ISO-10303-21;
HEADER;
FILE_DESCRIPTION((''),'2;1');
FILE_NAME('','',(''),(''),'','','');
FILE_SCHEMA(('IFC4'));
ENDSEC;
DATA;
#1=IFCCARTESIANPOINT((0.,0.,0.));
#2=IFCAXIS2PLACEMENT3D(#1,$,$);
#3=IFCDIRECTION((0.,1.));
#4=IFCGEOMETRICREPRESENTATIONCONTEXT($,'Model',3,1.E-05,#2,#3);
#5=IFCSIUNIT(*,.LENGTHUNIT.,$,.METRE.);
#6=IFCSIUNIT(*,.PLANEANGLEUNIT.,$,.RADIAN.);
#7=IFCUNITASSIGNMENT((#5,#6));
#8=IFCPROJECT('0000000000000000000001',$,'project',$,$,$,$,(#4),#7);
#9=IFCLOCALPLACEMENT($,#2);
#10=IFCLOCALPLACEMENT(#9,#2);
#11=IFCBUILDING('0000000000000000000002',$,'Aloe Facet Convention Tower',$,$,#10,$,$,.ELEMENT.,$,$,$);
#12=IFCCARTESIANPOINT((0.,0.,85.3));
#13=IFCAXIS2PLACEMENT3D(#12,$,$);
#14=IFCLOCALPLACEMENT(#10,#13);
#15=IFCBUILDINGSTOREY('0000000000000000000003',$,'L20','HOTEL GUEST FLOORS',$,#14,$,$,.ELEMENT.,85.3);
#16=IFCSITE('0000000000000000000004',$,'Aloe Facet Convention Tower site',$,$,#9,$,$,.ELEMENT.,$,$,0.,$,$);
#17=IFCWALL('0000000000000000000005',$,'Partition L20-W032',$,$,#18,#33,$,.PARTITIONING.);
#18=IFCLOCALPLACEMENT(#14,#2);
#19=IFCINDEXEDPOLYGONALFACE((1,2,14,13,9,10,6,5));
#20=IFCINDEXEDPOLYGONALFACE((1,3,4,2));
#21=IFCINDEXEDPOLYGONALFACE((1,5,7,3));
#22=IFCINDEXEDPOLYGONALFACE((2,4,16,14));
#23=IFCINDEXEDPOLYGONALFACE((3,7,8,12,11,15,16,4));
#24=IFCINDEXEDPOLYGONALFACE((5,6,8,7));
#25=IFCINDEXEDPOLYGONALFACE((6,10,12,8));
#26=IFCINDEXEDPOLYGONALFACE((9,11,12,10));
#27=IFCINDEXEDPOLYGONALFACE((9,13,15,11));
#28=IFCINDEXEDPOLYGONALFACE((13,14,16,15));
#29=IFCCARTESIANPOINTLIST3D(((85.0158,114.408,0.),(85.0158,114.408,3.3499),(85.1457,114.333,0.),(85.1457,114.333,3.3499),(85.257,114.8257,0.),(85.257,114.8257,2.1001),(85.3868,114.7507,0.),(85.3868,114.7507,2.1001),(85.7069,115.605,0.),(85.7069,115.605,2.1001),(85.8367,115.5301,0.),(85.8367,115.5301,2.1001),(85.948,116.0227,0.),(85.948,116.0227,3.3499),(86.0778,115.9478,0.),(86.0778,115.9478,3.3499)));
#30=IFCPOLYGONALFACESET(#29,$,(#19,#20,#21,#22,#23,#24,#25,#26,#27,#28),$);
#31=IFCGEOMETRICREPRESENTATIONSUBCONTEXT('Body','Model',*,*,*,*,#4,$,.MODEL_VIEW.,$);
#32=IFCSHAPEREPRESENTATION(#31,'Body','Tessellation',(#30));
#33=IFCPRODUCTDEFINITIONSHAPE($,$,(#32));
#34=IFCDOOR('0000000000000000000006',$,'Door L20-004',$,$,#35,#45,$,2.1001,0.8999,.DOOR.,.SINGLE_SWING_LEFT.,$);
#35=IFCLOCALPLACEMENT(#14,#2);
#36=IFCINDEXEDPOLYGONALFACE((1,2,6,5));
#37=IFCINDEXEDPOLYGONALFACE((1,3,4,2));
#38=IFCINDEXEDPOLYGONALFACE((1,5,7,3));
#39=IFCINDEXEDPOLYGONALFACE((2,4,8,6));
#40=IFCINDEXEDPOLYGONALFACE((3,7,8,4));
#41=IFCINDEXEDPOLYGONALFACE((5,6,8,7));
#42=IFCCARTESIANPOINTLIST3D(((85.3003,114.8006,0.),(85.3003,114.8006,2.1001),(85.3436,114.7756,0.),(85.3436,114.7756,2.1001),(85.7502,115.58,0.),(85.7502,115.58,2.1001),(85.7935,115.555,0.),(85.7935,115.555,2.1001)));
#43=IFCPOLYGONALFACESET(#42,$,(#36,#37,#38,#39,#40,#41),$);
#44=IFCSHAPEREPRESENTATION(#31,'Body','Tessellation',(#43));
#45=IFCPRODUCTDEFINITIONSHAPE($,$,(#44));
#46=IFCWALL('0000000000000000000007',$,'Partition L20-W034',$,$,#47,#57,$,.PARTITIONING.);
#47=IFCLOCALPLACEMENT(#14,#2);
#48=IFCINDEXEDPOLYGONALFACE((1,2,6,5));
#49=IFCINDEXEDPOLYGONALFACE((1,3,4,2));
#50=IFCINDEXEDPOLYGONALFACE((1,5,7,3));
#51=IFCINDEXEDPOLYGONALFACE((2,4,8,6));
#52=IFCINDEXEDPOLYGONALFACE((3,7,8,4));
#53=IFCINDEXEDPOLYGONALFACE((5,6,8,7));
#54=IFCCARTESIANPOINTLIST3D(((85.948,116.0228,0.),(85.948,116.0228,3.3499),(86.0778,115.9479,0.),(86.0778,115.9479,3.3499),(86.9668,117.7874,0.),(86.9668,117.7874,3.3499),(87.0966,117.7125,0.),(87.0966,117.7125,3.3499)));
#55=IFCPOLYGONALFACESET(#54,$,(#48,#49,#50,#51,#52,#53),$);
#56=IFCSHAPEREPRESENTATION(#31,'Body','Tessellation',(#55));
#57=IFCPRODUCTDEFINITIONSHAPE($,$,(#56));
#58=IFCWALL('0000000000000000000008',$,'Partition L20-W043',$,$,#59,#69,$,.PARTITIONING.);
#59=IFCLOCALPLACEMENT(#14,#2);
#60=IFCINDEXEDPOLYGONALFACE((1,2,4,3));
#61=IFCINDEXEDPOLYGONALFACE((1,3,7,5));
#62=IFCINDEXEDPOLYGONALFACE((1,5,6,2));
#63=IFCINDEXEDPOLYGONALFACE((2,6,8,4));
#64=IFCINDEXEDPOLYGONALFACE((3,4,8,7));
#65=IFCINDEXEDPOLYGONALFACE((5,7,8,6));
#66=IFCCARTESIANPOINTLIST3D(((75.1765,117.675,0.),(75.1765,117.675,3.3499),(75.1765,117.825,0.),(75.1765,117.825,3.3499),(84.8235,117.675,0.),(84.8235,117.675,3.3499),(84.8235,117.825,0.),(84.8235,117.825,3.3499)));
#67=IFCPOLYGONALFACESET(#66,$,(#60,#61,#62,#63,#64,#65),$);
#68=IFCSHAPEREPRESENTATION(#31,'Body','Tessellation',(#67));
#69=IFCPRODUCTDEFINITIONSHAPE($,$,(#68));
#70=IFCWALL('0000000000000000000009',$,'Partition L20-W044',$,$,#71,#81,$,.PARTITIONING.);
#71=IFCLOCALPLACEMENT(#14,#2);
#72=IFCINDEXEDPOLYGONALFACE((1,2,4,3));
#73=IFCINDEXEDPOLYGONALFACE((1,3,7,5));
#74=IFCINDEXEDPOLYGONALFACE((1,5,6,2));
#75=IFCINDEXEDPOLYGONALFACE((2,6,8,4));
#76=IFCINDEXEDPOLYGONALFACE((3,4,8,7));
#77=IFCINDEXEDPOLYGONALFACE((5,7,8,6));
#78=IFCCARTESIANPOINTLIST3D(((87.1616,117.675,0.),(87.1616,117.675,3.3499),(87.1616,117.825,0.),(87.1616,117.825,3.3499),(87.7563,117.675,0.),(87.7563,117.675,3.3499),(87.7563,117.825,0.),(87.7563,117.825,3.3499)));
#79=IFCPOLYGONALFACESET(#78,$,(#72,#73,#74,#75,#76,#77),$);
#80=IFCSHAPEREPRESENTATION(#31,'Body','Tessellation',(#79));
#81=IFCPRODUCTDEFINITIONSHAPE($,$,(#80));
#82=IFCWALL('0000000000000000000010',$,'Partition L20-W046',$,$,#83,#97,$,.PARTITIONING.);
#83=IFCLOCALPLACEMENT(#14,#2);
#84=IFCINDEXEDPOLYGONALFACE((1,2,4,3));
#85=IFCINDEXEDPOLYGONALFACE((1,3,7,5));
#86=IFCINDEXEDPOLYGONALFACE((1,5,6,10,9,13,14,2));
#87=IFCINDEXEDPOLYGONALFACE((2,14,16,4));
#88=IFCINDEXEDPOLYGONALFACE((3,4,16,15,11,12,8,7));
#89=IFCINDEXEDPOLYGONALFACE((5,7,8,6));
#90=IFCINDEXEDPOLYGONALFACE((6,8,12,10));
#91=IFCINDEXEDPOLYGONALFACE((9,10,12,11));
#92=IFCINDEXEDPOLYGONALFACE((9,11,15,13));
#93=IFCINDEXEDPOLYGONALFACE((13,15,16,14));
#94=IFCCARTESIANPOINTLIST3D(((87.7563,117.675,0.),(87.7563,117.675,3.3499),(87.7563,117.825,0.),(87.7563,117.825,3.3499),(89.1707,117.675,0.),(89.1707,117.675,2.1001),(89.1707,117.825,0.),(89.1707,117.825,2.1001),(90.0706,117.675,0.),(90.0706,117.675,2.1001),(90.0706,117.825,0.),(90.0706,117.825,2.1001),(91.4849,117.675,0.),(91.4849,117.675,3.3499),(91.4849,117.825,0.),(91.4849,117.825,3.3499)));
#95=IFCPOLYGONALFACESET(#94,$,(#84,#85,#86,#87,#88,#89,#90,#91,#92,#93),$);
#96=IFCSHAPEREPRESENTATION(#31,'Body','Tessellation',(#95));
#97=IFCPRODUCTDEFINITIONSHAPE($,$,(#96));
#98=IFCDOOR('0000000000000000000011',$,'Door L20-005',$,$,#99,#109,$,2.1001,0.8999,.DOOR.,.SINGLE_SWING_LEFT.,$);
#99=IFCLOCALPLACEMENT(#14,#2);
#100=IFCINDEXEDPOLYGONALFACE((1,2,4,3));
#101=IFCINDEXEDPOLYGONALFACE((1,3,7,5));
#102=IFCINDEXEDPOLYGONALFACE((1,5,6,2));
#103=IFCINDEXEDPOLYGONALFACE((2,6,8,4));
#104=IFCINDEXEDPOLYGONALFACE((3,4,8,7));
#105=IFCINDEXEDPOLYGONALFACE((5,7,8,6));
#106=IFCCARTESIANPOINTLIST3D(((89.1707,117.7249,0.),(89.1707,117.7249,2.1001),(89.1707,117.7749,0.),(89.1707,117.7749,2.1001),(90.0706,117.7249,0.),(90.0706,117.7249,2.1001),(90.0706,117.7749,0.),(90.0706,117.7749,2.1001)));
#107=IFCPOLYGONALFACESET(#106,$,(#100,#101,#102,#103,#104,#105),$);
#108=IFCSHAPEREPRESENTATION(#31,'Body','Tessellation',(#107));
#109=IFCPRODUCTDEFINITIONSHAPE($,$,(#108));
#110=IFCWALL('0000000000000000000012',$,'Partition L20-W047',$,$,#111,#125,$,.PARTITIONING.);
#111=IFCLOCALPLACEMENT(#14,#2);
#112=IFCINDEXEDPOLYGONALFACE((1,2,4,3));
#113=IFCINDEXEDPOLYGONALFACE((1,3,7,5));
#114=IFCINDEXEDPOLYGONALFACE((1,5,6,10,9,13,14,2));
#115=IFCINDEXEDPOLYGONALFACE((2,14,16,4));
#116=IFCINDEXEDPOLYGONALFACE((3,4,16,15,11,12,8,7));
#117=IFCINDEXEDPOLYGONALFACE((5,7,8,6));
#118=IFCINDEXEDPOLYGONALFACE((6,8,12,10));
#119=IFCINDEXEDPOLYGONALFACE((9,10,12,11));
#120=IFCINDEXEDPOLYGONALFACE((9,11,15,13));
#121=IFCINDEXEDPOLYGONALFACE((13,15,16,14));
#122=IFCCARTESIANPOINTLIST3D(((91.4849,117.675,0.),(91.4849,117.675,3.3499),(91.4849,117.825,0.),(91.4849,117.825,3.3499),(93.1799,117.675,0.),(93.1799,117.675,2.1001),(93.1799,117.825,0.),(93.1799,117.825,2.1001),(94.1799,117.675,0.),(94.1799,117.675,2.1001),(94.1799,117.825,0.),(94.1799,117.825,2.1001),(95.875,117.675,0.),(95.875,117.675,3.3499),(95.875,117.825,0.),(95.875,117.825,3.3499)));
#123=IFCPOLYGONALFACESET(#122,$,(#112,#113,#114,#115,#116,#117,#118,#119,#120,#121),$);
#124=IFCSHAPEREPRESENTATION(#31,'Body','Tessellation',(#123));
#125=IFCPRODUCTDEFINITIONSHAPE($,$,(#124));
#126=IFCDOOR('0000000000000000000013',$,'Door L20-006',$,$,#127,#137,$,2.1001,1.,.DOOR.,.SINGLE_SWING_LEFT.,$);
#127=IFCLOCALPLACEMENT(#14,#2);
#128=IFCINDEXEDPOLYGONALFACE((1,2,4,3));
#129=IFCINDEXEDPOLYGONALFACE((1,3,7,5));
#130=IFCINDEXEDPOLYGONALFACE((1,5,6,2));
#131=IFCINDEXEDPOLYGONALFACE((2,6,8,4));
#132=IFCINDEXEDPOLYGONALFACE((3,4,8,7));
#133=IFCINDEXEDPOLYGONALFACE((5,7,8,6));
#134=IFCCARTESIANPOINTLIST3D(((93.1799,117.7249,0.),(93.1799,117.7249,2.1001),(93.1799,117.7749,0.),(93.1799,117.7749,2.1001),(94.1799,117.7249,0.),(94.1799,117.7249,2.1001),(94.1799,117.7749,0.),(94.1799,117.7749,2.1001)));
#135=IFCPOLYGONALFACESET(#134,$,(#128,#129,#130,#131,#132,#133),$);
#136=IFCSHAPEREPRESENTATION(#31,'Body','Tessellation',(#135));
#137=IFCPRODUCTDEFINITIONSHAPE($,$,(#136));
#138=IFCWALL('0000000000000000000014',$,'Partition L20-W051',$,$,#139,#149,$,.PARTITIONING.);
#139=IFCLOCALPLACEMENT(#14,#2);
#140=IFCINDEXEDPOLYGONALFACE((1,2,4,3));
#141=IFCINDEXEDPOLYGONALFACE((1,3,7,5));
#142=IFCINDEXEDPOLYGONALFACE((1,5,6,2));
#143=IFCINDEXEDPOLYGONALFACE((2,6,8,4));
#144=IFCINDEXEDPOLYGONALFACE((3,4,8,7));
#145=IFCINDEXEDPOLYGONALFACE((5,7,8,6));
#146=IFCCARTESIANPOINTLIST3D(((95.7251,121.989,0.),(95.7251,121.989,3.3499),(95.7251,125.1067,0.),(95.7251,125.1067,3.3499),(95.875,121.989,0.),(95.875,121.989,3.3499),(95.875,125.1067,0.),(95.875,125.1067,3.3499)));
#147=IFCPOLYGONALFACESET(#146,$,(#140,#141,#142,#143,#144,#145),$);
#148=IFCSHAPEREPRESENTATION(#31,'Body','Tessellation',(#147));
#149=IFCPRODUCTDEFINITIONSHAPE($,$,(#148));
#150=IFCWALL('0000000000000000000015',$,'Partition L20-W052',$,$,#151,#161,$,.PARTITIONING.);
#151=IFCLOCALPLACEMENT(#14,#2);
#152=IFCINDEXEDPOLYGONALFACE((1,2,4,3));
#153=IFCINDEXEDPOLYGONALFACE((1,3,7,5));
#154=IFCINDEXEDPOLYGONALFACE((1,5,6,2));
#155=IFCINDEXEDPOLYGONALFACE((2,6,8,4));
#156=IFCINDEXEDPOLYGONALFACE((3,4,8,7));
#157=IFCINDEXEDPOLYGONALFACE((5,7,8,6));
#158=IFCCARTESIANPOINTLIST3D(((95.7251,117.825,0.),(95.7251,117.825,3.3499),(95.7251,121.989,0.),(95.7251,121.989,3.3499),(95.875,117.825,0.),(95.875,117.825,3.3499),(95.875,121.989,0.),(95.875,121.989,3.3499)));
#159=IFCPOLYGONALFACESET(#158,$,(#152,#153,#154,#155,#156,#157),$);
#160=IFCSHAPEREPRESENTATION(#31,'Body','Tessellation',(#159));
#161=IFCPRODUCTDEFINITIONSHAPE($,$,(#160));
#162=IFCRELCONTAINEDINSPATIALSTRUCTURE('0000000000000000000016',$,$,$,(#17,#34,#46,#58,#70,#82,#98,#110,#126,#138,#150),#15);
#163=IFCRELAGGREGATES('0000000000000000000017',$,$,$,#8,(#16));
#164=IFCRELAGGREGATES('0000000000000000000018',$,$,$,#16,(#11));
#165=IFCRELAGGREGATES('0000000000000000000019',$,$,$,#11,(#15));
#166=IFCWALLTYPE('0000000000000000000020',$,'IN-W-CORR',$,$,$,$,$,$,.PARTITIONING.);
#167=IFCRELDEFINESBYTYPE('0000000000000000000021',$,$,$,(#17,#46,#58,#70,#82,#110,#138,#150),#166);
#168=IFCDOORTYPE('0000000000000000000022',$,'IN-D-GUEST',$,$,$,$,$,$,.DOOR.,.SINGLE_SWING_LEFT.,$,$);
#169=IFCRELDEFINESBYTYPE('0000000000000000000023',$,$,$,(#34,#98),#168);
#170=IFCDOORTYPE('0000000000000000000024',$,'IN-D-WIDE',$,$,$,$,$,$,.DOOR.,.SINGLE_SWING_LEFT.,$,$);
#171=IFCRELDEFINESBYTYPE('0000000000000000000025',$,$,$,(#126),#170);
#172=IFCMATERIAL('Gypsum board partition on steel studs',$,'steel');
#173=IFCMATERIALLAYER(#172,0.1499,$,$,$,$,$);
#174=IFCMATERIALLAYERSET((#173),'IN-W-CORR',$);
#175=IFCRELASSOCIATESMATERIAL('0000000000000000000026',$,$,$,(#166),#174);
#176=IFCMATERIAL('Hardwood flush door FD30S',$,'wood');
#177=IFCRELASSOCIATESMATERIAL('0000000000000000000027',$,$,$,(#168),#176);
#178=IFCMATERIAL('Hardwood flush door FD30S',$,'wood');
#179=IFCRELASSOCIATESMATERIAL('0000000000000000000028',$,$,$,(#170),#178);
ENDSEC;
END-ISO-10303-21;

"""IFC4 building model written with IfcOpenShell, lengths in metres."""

from ifc_helpers import new_model, si_unit, direction, frame, frame_2d, origin, place, context, subcontext, project, spatial, rectangle, extrude, material, layer, layer_set, type_object, element, fill, save


model = new_model("IFC4")

# Units and contexts
model_context = context("Model", 3, precision=1e-05, world=origin(), true_north=direction((0.0, 1.0)))
body_context = subcontext(model_context, "Body", "Model", "MODEL_VIEW")
ifc_project = project(units=[si_unit("LENGTHUNIT", "METRE"), si_unit("PLANEANGLEUNIT", "RADIAN")], contexts=[model_context])

# Site, building, storey
site_placement = place(None, origin())
site = spatial("IfcSite", under=ifc_project, at=site_placement, Name="Aloe Facet Convention Tower site", CompositionType="ELEMENT", RefElevation=0.0)
building_placement = place(site_placement, origin())
building = spatial("IfcBuilding", under=site, at=building_placement, Name="Aloe Facet Convention Tower", CompositionType="ELEMENT")
storey_placement = place(building_placement, frame((0.0, 0.0, 85.3)))
storey = spatial("IfcBuildingStorey", under=building, at=storey_placement, Name="L20", Description="HOTEL GUEST FLOORS", CompositionType="ELEMENT", Elevation=85.3)

# Wall, opening, door
ifc_material_1 = material(Name="Gypsum board partition on steel studs", Category="steel")
ifc_layer_1 = layer(ifc_material_1, 0.1499)
ifc_layer_set_1 = layer_set([ifc_layer_1], Name="IN-W-CORR")
wall_type_1 = type_object("IfcWallType", Name="IN-W-CORR", PredefinedType="PARTITIONING", material=ifc_layer_set_1)
wall_1_placement = place(storey_placement, frame((85.0808, 114.3706, 0.0), z_axis=(0.0, 0.0, 1.0), x_axis=(0.499942, 0.866059, 0.0)))
wall_1 = element("IfcWall", 1, at=wall_1_placement, inside=storey, type_object=wall_type_1, Name="Partition L20-W032", PredefinedType="PARTITIONING", context=body_context, shape_type="SweptSolid", body=[
    extrude(rectangle(XDim=1.8645, YDim=0.1499, at=frame_2d((0.9321, 0.0))), origin(), (0.0, 0.0, 1.0), 3.3499),
])
opening_1_placement = place(wall_1_placement, frame((0.4822, 0.0, 0.0)))
opening_1 = element("IfcOpeningElement", 2, at=opening_1_placement, cuts=wall_1, PredefinedType="OPENING", context=body_context, shape_type="SweptSolid", body=[
    extrude(rectangle(XDim=0.8999, YDim=2.1001, at=frame_2d((0.45, 1.05))), frame((0.0, 0.085, 0.0), z_axis=(0.0, -1.0, 0.0), x_axis=(1.0, 0.0, 0.0)), (0.0, 0.0, 1.0), 0.1699),
])
ifc_material_2 = material(Name="Hardwood flush door FD30S", Category="wood")
door_type_1 = type_object("IfcDoorType", Name="IN-D-GUEST", OperationType="SINGLE_SWING_LEFT", PredefinedType="DOOR", material=ifc_material_2)
door_1_placement = place(opening_1_placement, origin())
door_1 = element("IfcDoor", 3, at=door_1_placement, inside=storey, type_object=door_type_1, Name="Door L20-004", OperationType="SINGLE_SWING_LEFT", OverallHeight=2.1001, OverallWidth=0.8999, PredefinedType="DOOR", context=body_context, shape_type="SweptSolid", body=[
    extrude(rectangle(XDim=0.8999, YDim=2.1001, at=frame_2d((0.45, 1.05))), frame((0.0, 0.0249, 0.0), z_axis=(0.0, -1.0, 0.0), x_axis=(1.0, 0.0, 0.0)), (0.0, 0.0, 1.0), 0.05),
])
fill(opening_1, door_1)

# Walls
wall_2_placement = place(storey_placement, frame((86.0129, 115.9854, 0.0), z_axis=(0.0, 0.0, 1.0), x_axis=(0.499992, 0.86603, 0.0)))
element("IfcWall", 4, at=wall_2_placement, inside=storey, type_object=wall_type_1, Name="Partition L20-W034", PredefinedType="PARTITIONING", context=body_context, shape_type="SweptSolid", body=[
    extrude(rectangle(XDim=2.0376, YDim=0.1499, at=frame_2d((1.0188, 0.0))), origin(), (0.0, 0.0, 1.0), 3.3499),
])
wall_3_placement = place(storey_placement, frame((75.1765, 117.75, 0.0), z_axis=(0.0, 0.0, 1.0), x_axis=(1.0, 0.0, 0.0)))
element("IfcWall", 5, at=wall_3_placement, inside=storey, type_object=wall_type_1, Name="Partition L20-W043", PredefinedType="PARTITIONING", context=body_context, shape_type="SweptSolid", body=[
    extrude(rectangle(XDim=9.647, YDim=0.1499, at=frame_2d((4.8235, 0.0))), origin(), (0.0, 0.0, 1.0), 3.3499),
])
wall_4_placement = place(storey_placement, frame((87.1616, 117.75, 0.0), z_axis=(0.0, 0.0, 1.0), x_axis=(1.0, 0.0, 0.0)))
element("IfcWall", 6, at=wall_4_placement, inside=storey, type_object=wall_type_1, Name="Partition L20-W044", PredefinedType="PARTITIONING", context=body_context, shape_type="SweptSolid", body=[
    extrude(rectangle(XDim=0.5947, YDim=0.1499, at=frame_2d((0.2974, 0.0))), origin(), (0.0, 0.0, 1.0), 3.3499),
])

# Walls, openings, doors
wall_5_placement = place(storey_placement, frame((87.7563, 117.75, 0.0), z_axis=(0.0, 0.0, 1.0), x_axis=(1.0, 0.0, 0.0)))
wall_5 = element("IfcWall", 7, at=wall_5_placement, inside=storey, type_object=wall_type_1, Name="Partition L20-W046", PredefinedType="PARTITIONING", context=body_context, shape_type="SweptSolid", body=[
    extrude(rectangle(XDim=3.7285, YDim=0.1499, at=frame_2d((1.8643, 0.0))), origin(), (0.0, 0.0, 1.0), 3.3499),
])
opening_2_placement = place(wall_5_placement, frame((1.4143, 0.0, 0.0)))
opening_2 = element("IfcOpeningElement", 8, at=opening_2_placement, cuts=wall_5, PredefinedType="OPENING", context=body_context, shape_type="SweptSolid", body=[
    extrude(rectangle(XDim=0.8999, YDim=2.1001, at=frame_2d((0.45, 1.05))), frame((0.0, 0.085, 0.0), z_axis=(0.0, -1.0, 0.0), x_axis=(1.0, 0.0, 0.0)), (0.0, 0.0, 1.0), 0.1699),
])
door_2_placement = place(opening_2_placement, origin())
door_2 = element("IfcDoor", 9, at=door_2_placement, inside=storey, type_object=door_type_1, Name="Door L20-005", OperationType="SINGLE_SWING_LEFT", OverallHeight=2.1001, OverallWidth=0.8999, PredefinedType="DOOR", context=body_context, shape_type="SweptSolid", body=[
    extrude(rectangle(XDim=0.8999, YDim=2.1001, at=frame_2d((0.45, 1.05))), frame((0.0, 0.0249, 0.0), z_axis=(0.0, -1.0, 0.0), x_axis=(1.0, 0.0, 0.0)), (0.0, 0.0, 1.0), 0.05),
])
fill(opening_2, door_2)
wall_6_placement = place(storey_placement, frame((91.4849, 117.75, 0.0), z_axis=(0.0, 0.0, 1.0), x_axis=(1.0, 0.0, 0.0)))
wall_6 = element("IfcWall", 10, at=wall_6_placement, inside=storey, type_object=wall_type_1, Name="Partition L20-W047", PredefinedType="PARTITIONING", context=body_context, shape_type="SweptSolid", body=[
    extrude(rectangle(XDim=4.3901, YDim=0.1499, at=frame_2d((2.1951, 0.0))), origin(), (0.0, 0.0, 1.0), 3.3499),
])
opening_3_placement = place(wall_6_placement, frame((1.6951, 0.0, 0.0)))
opening_3 = element("IfcOpeningElement", 11, at=opening_3_placement, cuts=wall_6, PredefinedType="OPENING", context=body_context, shape_type="SweptSolid", body=[
    extrude(rectangle(XDim=1.0, YDim=2.1001, at=frame_2d((0.5, 1.05))), frame((0.0, 0.085, 0.0), z_axis=(0.0, -1.0, 0.0), x_axis=(1.0, 0.0, 0.0)), (0.0, 0.0, 1.0), 0.1699),
])
ifc_material_3 = material(Name="Hardwood flush door FD30S", Category="wood")
door_type_2 = type_object("IfcDoorType", Name="IN-D-WIDE", OperationType="SINGLE_SWING_LEFT", PredefinedType="DOOR", material=ifc_material_3)
door_3_placement = place(opening_3_placement, origin())
door_3 = element("IfcDoor", 12, at=door_3_placement, inside=storey, type_object=door_type_2, Name="Door L20-006", OperationType="SINGLE_SWING_LEFT", OverallHeight=2.1001, OverallWidth=1.0, PredefinedType="DOOR", context=body_context, shape_type="SweptSolid", body=[
    extrude(rectangle(XDim=1.0, YDim=2.1001, at=frame_2d((0.5, 1.05))), frame((0.0, 0.0249, 0.0), z_axis=(0.0, -1.0, 0.0), x_axis=(1.0, 0.0, 0.0)), (0.0, 0.0, 1.0), 0.05),
])
fill(opening_3, door_3)

# Walls
wall_7_placement = place(storey_placement, frame((95.8, 121.989, 0.0), z_axis=(0.0, 0.0, 1.0), x_axis=(0.0, 1.0, 0.0)))
element("IfcWall", 13, at=wall_7_placement, inside=storey, type_object=wall_type_1, Name="Partition L20-W051", PredefinedType="PARTITIONING", context=body_context, shape_type="SweptSolid", body=[
    extrude(rectangle(XDim=3.1177, YDim=0.1499, at=frame_2d((1.5588, 0.0))), origin(), (0.0, 0.0, 1.0), 3.3499),
])
wall_8_placement = place(storey_placement, frame((95.8, 117.825, 0.0), z_axis=(0.0, 0.0, 1.0), x_axis=(0.0, 1.0, 0.0)))
element("IfcWall", 14, at=wall_8_placement, inside=storey, type_object=wall_type_1, Name="Partition L20-W052", PredefinedType="PARTITIONING", context=body_context, shape_type="SweptSolid", body=[
    extrude(rectangle(XDim=4.1641, YDim=0.1499, at=frame_2d((2.082, 0.0))), origin(), (0.0, 0.0, 1.0), 3.3499),
])

save(model, "model.ifc")
